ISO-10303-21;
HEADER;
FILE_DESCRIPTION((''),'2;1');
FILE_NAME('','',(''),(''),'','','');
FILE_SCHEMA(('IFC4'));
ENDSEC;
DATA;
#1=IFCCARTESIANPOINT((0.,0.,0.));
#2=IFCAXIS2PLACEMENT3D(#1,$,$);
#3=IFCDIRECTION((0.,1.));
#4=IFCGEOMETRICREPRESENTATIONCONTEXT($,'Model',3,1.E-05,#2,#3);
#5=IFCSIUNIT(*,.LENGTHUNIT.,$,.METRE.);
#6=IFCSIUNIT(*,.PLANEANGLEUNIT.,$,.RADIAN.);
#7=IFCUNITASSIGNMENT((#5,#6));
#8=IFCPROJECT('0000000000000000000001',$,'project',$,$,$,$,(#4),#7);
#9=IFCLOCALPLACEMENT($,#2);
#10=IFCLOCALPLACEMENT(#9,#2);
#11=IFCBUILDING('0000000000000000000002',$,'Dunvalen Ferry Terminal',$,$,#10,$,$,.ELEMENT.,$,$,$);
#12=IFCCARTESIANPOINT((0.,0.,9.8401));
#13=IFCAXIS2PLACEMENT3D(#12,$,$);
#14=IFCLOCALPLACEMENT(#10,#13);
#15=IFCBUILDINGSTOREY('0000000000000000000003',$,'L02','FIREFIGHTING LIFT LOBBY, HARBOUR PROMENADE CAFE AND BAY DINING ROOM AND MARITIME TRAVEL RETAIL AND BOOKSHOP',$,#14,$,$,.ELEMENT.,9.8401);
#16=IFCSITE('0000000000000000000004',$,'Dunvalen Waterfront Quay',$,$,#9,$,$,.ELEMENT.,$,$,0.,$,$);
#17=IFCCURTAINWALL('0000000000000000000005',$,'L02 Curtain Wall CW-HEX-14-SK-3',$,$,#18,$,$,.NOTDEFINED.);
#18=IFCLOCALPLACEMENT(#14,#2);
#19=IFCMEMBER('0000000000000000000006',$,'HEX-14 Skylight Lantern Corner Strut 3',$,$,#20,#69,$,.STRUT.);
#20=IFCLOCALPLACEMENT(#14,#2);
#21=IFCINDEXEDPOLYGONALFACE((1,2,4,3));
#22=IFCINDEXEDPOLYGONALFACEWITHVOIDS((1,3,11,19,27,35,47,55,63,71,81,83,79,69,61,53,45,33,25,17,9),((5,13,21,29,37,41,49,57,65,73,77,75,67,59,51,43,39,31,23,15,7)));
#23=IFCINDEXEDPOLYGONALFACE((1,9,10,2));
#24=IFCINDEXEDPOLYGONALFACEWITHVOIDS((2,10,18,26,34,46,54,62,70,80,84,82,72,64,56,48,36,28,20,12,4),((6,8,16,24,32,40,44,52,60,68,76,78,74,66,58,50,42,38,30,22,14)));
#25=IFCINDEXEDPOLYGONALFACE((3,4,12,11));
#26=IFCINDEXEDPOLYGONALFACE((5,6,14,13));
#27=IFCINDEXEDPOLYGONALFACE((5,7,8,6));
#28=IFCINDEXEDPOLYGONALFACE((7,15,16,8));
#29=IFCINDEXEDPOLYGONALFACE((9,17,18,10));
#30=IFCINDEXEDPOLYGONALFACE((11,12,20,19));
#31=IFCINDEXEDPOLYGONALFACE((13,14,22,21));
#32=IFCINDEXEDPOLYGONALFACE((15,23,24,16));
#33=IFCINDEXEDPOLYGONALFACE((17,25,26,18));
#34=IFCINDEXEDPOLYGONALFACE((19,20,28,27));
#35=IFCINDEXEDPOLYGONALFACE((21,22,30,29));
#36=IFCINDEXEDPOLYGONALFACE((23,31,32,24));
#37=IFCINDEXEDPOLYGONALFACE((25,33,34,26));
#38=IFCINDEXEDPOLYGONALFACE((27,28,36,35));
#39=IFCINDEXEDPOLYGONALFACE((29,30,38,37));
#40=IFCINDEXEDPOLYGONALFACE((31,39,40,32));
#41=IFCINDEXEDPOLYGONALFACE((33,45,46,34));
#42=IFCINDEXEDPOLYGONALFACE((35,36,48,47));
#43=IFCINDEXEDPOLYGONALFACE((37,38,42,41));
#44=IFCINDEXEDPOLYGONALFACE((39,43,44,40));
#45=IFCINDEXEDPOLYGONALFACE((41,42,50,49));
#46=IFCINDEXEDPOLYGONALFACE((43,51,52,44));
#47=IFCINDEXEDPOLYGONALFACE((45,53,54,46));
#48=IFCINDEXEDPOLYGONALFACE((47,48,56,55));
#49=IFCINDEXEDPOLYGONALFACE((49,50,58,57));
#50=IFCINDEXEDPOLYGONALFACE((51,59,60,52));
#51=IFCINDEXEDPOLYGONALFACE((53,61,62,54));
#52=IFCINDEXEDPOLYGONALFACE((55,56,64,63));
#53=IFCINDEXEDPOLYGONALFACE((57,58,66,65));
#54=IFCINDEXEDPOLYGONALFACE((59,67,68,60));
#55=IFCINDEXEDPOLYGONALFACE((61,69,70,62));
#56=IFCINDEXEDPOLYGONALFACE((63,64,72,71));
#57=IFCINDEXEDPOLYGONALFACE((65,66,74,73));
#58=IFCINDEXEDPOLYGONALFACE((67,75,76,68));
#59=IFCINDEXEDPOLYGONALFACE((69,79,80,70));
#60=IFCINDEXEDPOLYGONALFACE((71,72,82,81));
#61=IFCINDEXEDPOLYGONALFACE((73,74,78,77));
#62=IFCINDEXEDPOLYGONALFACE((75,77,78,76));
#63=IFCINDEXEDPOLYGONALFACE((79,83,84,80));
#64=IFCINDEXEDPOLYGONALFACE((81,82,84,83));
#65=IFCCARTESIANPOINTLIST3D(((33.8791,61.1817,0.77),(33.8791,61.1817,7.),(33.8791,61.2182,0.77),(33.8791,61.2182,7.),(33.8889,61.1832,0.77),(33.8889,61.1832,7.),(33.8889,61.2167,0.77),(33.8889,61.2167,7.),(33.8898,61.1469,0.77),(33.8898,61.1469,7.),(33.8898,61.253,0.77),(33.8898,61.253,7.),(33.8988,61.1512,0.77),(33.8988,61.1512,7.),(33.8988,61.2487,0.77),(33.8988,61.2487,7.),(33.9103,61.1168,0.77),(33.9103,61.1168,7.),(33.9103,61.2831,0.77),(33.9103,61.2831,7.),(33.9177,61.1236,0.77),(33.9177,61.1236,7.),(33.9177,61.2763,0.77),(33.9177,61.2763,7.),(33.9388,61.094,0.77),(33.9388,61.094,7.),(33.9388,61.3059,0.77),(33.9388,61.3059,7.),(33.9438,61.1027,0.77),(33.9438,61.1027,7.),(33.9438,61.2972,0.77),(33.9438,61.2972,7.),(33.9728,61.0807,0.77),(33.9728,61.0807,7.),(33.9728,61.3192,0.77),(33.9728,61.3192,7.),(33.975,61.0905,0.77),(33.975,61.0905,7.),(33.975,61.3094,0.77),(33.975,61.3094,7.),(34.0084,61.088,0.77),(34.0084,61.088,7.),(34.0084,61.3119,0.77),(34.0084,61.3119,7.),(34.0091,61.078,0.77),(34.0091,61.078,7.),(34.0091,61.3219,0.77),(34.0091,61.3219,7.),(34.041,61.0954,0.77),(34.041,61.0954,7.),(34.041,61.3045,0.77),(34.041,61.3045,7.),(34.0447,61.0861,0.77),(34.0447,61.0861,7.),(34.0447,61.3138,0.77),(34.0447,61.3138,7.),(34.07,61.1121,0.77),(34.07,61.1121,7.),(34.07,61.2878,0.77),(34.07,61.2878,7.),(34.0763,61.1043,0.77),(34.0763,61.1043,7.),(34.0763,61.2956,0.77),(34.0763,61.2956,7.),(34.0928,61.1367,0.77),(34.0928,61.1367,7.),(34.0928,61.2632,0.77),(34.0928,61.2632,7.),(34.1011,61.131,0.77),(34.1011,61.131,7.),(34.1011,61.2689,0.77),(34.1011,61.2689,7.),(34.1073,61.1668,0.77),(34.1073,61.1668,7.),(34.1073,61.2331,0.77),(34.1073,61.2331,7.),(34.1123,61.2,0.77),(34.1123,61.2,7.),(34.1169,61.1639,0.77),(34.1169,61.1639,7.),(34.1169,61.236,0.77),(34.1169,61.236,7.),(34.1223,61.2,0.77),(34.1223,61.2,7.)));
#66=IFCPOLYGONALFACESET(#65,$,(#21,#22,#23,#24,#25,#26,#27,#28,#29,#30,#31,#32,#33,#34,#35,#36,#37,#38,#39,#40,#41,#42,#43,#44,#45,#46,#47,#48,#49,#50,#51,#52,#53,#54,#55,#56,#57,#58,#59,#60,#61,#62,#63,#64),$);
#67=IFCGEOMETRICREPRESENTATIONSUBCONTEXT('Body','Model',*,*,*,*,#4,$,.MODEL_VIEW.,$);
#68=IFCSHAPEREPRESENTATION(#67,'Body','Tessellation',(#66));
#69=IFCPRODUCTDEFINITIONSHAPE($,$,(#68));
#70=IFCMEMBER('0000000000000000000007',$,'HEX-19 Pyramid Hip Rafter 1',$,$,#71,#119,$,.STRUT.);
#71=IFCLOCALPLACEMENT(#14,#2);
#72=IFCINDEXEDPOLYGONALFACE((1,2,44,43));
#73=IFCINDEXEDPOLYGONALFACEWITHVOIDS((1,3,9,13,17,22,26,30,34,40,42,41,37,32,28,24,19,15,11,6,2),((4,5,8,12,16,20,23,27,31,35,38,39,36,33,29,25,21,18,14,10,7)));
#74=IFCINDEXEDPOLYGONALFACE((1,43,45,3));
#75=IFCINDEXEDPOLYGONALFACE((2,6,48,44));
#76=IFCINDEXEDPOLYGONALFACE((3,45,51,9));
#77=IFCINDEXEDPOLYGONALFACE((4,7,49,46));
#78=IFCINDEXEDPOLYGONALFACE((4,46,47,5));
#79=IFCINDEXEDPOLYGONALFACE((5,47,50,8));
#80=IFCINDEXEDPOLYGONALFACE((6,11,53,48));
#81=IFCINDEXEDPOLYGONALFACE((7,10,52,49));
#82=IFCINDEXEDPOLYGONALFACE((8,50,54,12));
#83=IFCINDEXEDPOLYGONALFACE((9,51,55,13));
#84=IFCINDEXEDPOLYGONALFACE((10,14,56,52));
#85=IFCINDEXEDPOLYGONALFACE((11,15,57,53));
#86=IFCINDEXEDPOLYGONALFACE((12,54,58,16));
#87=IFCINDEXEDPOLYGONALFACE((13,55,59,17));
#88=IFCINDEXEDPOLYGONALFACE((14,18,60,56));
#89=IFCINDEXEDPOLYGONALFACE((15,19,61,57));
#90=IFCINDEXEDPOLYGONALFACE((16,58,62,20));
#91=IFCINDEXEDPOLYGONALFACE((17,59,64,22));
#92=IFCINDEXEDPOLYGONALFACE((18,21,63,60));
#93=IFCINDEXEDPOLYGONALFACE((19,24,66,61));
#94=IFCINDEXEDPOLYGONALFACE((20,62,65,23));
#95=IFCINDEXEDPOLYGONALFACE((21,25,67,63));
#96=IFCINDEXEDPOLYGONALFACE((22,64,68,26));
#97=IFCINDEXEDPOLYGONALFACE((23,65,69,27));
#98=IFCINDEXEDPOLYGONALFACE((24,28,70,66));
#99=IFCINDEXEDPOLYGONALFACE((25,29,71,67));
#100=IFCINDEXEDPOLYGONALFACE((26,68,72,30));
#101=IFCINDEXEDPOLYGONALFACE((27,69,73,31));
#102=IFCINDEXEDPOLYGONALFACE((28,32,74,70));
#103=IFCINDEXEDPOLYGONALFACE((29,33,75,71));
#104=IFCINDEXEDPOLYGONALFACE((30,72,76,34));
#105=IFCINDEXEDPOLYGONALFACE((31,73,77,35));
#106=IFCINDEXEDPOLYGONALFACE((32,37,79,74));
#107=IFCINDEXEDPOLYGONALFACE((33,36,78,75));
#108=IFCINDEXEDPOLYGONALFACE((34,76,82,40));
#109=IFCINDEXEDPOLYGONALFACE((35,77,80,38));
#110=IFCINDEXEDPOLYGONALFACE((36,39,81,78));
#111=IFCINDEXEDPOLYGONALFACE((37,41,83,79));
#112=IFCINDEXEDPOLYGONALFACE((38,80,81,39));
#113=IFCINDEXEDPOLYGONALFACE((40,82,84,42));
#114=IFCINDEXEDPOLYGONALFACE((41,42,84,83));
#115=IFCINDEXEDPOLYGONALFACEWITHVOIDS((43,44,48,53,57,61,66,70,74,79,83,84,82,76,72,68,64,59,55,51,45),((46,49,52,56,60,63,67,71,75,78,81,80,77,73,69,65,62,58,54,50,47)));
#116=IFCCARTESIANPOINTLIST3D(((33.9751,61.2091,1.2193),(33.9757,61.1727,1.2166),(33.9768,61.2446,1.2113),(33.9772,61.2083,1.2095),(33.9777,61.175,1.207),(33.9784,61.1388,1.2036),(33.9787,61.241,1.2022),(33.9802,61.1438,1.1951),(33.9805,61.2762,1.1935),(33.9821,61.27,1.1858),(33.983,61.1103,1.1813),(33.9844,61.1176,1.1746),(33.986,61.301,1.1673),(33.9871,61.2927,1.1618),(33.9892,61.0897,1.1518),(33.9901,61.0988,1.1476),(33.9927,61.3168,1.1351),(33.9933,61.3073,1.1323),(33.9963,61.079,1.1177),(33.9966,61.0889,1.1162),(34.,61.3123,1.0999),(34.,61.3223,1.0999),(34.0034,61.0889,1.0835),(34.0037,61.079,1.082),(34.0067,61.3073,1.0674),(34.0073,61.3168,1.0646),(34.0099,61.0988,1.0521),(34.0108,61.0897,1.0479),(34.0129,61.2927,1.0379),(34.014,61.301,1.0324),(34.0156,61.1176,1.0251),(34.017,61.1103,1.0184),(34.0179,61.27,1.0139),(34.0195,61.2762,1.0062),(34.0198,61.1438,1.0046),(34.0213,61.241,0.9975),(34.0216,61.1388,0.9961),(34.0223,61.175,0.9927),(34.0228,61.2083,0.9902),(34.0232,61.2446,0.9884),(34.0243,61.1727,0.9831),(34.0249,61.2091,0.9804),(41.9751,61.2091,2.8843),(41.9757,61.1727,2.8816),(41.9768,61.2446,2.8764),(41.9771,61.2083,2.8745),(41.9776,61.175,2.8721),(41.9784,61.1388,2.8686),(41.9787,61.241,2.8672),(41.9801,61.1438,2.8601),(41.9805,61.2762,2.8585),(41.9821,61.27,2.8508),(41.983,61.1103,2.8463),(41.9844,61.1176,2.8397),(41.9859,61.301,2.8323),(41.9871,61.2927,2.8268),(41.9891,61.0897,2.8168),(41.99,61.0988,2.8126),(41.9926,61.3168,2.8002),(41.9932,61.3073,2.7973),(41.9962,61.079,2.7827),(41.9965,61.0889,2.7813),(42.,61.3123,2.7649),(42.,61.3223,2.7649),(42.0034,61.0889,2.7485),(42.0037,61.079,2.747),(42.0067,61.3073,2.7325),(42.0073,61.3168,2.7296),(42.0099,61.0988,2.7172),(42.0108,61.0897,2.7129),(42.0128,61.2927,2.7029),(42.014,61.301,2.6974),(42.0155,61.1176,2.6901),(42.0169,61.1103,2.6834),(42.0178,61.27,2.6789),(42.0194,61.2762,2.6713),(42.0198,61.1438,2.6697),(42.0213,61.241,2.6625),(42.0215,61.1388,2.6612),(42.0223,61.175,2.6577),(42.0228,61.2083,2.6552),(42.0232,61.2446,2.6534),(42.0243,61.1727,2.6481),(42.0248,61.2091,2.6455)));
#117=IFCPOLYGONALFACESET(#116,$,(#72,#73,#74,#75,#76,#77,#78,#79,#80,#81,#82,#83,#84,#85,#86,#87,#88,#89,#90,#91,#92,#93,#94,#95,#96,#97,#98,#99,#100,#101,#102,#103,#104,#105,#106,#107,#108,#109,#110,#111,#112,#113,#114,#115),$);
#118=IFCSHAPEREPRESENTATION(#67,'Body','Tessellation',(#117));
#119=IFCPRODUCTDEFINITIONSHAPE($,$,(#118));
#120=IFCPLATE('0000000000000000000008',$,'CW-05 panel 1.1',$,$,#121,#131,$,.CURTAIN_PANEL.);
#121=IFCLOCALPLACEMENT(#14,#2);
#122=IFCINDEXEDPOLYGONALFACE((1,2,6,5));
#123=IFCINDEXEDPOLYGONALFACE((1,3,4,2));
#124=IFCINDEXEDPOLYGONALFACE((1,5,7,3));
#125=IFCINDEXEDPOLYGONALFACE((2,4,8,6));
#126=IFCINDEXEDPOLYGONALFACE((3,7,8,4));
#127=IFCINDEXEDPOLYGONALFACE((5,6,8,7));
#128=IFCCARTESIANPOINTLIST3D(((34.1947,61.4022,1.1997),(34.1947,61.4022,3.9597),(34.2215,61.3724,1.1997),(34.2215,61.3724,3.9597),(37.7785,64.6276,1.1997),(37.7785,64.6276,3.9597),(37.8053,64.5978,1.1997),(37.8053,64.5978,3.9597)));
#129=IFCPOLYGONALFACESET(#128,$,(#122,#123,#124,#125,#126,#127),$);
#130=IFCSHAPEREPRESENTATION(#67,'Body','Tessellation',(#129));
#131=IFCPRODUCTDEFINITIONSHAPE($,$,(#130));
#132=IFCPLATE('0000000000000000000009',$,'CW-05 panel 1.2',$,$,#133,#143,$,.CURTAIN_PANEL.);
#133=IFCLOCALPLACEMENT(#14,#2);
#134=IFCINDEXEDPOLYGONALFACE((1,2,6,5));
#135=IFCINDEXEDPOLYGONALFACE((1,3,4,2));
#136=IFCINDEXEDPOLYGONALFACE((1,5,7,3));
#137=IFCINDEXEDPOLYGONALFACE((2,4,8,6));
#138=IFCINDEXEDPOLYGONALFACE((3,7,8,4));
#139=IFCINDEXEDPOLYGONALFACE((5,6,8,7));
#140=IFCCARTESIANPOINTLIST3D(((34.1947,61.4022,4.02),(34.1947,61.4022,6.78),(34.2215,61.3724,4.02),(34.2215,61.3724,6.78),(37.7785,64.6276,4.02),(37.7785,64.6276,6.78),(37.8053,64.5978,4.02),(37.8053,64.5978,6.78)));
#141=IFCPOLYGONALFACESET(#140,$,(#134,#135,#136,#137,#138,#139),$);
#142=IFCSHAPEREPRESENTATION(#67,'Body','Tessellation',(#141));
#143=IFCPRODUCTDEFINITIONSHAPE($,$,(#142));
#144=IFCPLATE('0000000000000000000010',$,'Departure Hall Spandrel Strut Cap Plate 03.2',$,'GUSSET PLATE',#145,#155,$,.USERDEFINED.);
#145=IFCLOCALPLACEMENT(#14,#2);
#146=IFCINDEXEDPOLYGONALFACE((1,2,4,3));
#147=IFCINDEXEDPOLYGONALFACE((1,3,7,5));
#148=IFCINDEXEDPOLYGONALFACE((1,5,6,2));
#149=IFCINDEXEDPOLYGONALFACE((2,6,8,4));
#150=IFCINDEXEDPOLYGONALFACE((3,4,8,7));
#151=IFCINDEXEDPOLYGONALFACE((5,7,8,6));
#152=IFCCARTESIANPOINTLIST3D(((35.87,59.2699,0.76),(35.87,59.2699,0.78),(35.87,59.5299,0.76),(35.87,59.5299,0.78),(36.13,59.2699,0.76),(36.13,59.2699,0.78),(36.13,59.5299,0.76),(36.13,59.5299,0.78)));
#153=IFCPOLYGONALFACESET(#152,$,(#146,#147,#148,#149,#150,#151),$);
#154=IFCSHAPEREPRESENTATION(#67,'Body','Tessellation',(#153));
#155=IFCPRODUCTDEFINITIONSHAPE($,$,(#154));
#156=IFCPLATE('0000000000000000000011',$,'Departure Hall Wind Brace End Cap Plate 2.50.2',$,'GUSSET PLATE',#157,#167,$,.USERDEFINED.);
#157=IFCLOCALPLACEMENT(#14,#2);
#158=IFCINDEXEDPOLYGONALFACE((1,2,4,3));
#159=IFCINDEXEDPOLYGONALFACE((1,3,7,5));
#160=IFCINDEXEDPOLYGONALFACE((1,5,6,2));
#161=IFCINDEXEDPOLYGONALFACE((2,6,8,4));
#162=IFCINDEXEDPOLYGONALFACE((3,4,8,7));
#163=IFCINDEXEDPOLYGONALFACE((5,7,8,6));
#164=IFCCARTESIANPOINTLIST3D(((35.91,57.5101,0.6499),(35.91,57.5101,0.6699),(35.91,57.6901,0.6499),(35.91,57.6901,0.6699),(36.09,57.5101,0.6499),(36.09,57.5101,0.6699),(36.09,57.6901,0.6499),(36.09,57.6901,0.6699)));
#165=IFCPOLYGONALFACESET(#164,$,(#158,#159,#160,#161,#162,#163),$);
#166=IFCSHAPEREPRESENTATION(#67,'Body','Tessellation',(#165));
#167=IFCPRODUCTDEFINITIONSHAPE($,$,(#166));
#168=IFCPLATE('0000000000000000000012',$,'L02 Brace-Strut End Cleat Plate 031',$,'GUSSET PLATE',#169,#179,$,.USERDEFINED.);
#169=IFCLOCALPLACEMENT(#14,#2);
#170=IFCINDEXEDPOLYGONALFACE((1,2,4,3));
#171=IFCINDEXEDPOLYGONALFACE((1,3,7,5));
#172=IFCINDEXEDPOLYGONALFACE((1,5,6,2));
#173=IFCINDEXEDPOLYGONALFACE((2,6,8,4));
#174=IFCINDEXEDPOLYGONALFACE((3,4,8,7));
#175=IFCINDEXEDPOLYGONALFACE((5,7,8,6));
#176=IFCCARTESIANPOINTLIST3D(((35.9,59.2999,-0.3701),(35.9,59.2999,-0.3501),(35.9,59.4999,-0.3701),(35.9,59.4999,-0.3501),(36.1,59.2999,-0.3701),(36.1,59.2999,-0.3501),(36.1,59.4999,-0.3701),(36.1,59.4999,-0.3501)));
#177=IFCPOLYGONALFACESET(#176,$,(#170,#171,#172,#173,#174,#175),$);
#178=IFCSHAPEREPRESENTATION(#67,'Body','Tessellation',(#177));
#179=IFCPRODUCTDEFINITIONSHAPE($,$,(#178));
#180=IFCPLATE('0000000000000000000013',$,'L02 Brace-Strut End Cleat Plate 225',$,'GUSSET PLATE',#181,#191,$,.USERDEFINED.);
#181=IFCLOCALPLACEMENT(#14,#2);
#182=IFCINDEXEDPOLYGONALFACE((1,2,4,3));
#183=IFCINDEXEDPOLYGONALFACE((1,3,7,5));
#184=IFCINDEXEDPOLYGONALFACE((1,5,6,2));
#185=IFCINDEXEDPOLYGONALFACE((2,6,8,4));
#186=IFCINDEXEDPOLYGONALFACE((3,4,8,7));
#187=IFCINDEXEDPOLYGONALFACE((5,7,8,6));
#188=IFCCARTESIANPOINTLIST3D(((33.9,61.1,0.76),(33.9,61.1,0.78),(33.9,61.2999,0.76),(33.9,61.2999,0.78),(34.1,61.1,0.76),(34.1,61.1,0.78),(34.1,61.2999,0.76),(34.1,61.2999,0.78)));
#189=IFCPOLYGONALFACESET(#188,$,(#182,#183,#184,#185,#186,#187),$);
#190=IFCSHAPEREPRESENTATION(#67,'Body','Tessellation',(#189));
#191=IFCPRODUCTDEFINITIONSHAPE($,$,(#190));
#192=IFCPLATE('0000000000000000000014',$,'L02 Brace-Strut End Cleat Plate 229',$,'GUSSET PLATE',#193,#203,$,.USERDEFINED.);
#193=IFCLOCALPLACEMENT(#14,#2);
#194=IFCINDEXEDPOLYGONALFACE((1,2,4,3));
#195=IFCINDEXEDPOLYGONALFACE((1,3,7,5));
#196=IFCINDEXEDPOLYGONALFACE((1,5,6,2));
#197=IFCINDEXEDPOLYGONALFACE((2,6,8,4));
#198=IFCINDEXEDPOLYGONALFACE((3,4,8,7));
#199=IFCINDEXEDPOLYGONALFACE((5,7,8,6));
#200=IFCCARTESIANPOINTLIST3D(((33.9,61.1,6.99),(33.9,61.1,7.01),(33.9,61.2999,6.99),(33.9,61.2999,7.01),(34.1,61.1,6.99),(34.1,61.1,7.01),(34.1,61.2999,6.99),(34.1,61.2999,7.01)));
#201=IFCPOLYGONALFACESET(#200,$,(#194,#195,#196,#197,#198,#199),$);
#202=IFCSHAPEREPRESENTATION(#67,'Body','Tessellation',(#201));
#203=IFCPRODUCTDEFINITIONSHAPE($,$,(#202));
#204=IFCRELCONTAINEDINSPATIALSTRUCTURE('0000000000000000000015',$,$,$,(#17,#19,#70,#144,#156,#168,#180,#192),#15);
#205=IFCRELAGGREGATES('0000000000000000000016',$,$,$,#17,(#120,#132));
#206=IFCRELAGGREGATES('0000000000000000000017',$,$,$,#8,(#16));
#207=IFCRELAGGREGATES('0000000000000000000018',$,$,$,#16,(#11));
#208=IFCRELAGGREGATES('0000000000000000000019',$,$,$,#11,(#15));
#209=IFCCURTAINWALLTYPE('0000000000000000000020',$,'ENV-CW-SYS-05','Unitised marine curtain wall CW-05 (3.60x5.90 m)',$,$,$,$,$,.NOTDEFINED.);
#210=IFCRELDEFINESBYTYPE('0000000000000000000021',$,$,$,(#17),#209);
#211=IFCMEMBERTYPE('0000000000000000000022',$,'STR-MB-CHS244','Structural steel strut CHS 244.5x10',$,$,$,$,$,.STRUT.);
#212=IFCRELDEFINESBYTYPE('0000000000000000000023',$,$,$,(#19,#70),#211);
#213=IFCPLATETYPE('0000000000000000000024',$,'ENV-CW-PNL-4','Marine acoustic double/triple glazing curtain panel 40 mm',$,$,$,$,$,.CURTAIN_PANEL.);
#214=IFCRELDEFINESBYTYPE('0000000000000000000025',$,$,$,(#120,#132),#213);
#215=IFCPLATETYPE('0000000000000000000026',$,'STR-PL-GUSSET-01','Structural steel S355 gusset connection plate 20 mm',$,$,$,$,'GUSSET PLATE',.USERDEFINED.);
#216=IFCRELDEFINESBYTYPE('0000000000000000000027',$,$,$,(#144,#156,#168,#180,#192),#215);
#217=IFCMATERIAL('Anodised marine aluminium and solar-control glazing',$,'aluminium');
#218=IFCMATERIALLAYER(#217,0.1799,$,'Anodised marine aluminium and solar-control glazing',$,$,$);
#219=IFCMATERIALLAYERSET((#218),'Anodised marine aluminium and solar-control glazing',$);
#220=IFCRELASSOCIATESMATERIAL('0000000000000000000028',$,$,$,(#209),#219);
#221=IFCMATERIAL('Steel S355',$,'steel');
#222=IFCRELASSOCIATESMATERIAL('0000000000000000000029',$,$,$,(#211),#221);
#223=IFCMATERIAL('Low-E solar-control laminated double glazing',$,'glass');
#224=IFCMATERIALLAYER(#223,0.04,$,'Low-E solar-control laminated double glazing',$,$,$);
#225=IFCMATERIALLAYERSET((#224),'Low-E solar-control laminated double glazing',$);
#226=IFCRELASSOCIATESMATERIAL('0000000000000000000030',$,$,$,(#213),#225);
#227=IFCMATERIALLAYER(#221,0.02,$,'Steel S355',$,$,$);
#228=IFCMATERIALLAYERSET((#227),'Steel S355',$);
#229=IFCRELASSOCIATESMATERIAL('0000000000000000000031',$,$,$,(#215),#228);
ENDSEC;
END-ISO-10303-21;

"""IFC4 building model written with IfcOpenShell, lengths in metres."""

from ifc_helpers import new_model, si_unit, direction, frame, origin, origin_2d, place, context, subcontext, project, spatial, rectangle, hollow_circle, extrude, material, layer, layer_set, material_profile, profile_set, type_object, element, aggregate, save


model = new_model("IFC4")

# Units and contexts
model_context = context("Model", 3, precision=1e-05, world=origin(), true_north=direction((0.0, 1.0)))
body_context = subcontext(model_context, "Body", "Model", "MODEL_VIEW")
ifc_project = project(units=[si_unit("LENGTHUNIT", "METRE"), si_unit("PLANEANGLEUNIT", "RADIAN")], contexts=[model_context])

# Site, building, storey
site_placement = place(None, origin())
site = spatial("IfcSite", under=ifc_project, at=site_placement, Name="Dunvalen Waterfront Quay", CompositionType="ELEMENT", RefElevation=0.0)
building_placement = place(site_placement, origin())
building = spatial("IfcBuilding", under=site, at=building_placement, Name="Dunvalen Ferry Terminal", CompositionType="ELEMENT")
storey_placement = place(building_placement, frame((0.0, 0.0, 9.8401)))
storey = spatial("IfcBuildingStorey", under=building, at=storey_placement, Name="L02", Description="FIREFIGHTING LIFT LOBBY, HARBOUR PROMENADE CAFE AND BAY DINING ROOM AND MARITIME TRAVEL RETAIL AND BOOKSHOP", CompositionType="ELEMENT", Elevation=9.8401)

# Curtain wall
ifc_material_1 = material(Name="Anodised marine aluminium and solar-control glazing", Category="aluminium")
ifc_layer_1 = layer(ifc_material_1, 0.1799, Name="Anodised marine aluminium and solar-control glazing")
ifc_layer_set_1 = layer_set([ifc_layer_1], Name="Anodised marine aluminium and solar-control glazing")
curtain_wall_type = type_object("IfcCurtainWallType", Name="ENV-CW-SYS-05", Description="Unitised marine curtain wall CW-05 (3.60x5.90 m)", PredefinedType="NOTDEFINED", material=ifc_layer_set_1)
curtain_wall_placement = place(storey_placement, origin())
curtain_wall = element("IfcCurtainWall", 1, at=curtain_wall_placement, inside=storey, type_object=curtain_wall_type, Name="L02 Curtain Wall CW-HEX-14-SK-3", PredefinedType="NOTDEFINED")

# Shared definitions
ifc_material_2 = material(Name="Steel S355", Category="steel")

# Members
ifc_material_profile_1 = material_profile(ifc_material_2, hollow_circle(Radius=0.1223, WallThickness=0.01, at=origin_2d()), Name="Steel S355")
ifc_profile_set_1 = profile_set([ifc_material_profile_1], Name="Steel S355")
member_type_1 = type_object("IfcMemberType", Name="STR-MB-CHS244", Description="Structural steel strut CHS 244.5x10", PredefinedType="STRUT", material=ifc_profile_set_1)
member_1_placement = place(storey_placement, frame((34.0, 61.2, 0.77), z_axis=(0.0, 0.0, 1.0), x_axis=(1.0, 0.0, 0.0)))
element("IfcMember", 2, at=member_1_placement, inside=storey, type_object=member_type_1, Name="HEX-14 Skylight Lantern Corner Strut 3", PredefinedType="STRUT", context=body_context, shape_type="SweptSolid", body=[
    extrude(hollow_circle(Radius=0.1223, WallThickness=0.01, at=origin_2d()), origin(), (0.0, 0.0, 1.0), 6.23),
])
member_2_placement = place(storey_placement, frame((34.0, 61.2, 1.0999), z_axis=(0.97902, 0.0, 0.203763), x_axis=(0.0, 1.0, 0.0)))
element("IfcMember", 3, at=member_2_placement, inside=storey, type_object=member_type_1, Name="HEX-19 Pyramid Hip Rafter 1", PredefinedType="STRUT", context=body_context, shape_type="SweptSolid", body=[
    extrude(hollow_circle(Radius=0.1223, WallThickness=0.01, at=origin_2d()), origin(), (0.0, 0.0, 1.0), 8.1714),
])

# Plates
ifc_material_3 = material(Name="Low-E solar-control laminated double glazing", Category="glass")
ifc_layer_2 = layer(ifc_material_3, 0.04, Name="Low-E solar-control laminated double glazing")
ifc_layer_set_2 = layer_set([ifc_layer_2], Name="Low-E solar-control laminated double glazing")
plate_type_1 = type_object("IfcPlateType", Name="ENV-CW-PNL-4", Description="Marine acoustic double/triple glazing curtain panel 40 mm", PredefinedType="CURTAIN_PANEL", material=ifc_layer_set_2)
plate_1_placement = place(storey_placement, frame((36.0, 63.0, 1.1997), z_axis=(0.0, 0.0, 1.0), x_axis=(0.743304, 0.668954, 0.0)))
plate_1 = element("IfcPlate", 4, at=plate_1_placement, type_object=plate_type_1, Name="CW-05 panel 1.1", PredefinedType="CURTAIN_PANEL", context=body_context, shape_type="SweptSolid", body=[
    extrude(rectangle(XDim=4.8215, YDim=0.04, at=origin_2d()), origin(), (0.0, 0.0, 1.0), 2.76),
])
plate_2_placement = place(storey_placement, frame((36.0, 63.0, 4.02), z_axis=(0.0, 0.0, 1.0), x_axis=(0.743304, 0.668954, 0.0)))
plate_2 = element("IfcPlate", 5, at=plate_2_placement, type_object=plate_type_1, Name="CW-05 panel 1.2", PredefinedType="CURTAIN_PANEL", context=body_context, shape_type="SweptSolid", body=[
    extrude(rectangle(XDim=4.8215, YDim=0.04, at=origin_2d()), origin(), (0.0, 0.0, 1.0), 2.76),
])
aggregate(curtain_wall, [plate_1, plate_2])

# Plates
ifc_layer_3 = layer(ifc_material_2, 0.02, Name="Steel S355")
ifc_layer_set_3 = layer_set([ifc_layer_3], Name="Steel S355")
plate_type_2 = type_object("IfcPlateType", Name="STR-PL-GUSSET-01", Description="Structural steel S355 gusset connection plate 20 mm", ElementType="GUSSET PLATE", PredefinedType="USERDEFINED", material=ifc_layer_set_3)
plate_3_placement = place(storey_placement, frame((36.0, 59.3999, 0.76), z_axis=(0.0, 0.0, 1.0), x_axis=(1.0, 0.0, 0.0)))
element("IfcPlate", 6, at=plate_3_placement, inside=storey, type_object=plate_type_2, Name="Departure Hall Spandrel Strut Cap Plate 03.2", ObjectType="GUSSET PLATE", PredefinedType="USERDEFINED", context=body_context, shape_type="SweptSolid", body=[
    extrude(rectangle(XDim=0.26, YDim=0.26, at=origin_2d()), origin(), (0.0, 0.0, 1.0), 0.02),
])
plate_4_placement = place(storey_placement, frame((36.0, 57.6001, 0.6499), z_axis=(0.0, 0.0, 1.0), x_axis=(1.0, 0.0, 0.0)))
element("IfcPlate", 7, at=plate_4_placement, inside=storey, type_object=plate_type_2, Name="Departure Hall Wind Brace End Cap Plate 2.50.2", ObjectType="GUSSET PLATE", PredefinedType="USERDEFINED", context=body_context, shape_type="SweptSolid", body=[
    extrude(rectangle(XDim=0.1799, YDim=0.1799, at=origin_2d()), origin(), (0.0, 0.0, 1.0), 0.02),
])
for number, where, z_axis, x_axis, name in (
    (8, (36.0, 59.3999, -0.3701), (0.0, 0.0, 1.0), (1.0, 0.0, 0.0), "L02 Brace-Strut End Cleat Plate 031"),
    (9, (34.0, 61.2, 0.76), (0.0, 0.0, 1.0), (1.0, 0.0, 0.0), "L02 Brace-Strut End Cleat Plate 225"),
    (10, (34.0, 61.2, 6.99), (0.0, 0.0, 1.0), (1.0, 0.0, 0.0), "L02 Brace-Strut End Cleat Plate 229"),
):
    element("IfcPlate", number, at=place(storey_placement, frame(where, z_axis=z_axis, x_axis=x_axis)), inside=storey, type_object=plate_type_2, Name=name, ObjectType="GUSSET PLATE", PredefinedType="USERDEFINED", context=body_context, shape_type="SweptSolid", body=[
        extrude(rectangle(XDim=0.2, YDim=0.2, at=origin_2d()), origin(), (0.0, 0.0, 1.0), 0.02),
    ])

save(model, "model.ifc")
